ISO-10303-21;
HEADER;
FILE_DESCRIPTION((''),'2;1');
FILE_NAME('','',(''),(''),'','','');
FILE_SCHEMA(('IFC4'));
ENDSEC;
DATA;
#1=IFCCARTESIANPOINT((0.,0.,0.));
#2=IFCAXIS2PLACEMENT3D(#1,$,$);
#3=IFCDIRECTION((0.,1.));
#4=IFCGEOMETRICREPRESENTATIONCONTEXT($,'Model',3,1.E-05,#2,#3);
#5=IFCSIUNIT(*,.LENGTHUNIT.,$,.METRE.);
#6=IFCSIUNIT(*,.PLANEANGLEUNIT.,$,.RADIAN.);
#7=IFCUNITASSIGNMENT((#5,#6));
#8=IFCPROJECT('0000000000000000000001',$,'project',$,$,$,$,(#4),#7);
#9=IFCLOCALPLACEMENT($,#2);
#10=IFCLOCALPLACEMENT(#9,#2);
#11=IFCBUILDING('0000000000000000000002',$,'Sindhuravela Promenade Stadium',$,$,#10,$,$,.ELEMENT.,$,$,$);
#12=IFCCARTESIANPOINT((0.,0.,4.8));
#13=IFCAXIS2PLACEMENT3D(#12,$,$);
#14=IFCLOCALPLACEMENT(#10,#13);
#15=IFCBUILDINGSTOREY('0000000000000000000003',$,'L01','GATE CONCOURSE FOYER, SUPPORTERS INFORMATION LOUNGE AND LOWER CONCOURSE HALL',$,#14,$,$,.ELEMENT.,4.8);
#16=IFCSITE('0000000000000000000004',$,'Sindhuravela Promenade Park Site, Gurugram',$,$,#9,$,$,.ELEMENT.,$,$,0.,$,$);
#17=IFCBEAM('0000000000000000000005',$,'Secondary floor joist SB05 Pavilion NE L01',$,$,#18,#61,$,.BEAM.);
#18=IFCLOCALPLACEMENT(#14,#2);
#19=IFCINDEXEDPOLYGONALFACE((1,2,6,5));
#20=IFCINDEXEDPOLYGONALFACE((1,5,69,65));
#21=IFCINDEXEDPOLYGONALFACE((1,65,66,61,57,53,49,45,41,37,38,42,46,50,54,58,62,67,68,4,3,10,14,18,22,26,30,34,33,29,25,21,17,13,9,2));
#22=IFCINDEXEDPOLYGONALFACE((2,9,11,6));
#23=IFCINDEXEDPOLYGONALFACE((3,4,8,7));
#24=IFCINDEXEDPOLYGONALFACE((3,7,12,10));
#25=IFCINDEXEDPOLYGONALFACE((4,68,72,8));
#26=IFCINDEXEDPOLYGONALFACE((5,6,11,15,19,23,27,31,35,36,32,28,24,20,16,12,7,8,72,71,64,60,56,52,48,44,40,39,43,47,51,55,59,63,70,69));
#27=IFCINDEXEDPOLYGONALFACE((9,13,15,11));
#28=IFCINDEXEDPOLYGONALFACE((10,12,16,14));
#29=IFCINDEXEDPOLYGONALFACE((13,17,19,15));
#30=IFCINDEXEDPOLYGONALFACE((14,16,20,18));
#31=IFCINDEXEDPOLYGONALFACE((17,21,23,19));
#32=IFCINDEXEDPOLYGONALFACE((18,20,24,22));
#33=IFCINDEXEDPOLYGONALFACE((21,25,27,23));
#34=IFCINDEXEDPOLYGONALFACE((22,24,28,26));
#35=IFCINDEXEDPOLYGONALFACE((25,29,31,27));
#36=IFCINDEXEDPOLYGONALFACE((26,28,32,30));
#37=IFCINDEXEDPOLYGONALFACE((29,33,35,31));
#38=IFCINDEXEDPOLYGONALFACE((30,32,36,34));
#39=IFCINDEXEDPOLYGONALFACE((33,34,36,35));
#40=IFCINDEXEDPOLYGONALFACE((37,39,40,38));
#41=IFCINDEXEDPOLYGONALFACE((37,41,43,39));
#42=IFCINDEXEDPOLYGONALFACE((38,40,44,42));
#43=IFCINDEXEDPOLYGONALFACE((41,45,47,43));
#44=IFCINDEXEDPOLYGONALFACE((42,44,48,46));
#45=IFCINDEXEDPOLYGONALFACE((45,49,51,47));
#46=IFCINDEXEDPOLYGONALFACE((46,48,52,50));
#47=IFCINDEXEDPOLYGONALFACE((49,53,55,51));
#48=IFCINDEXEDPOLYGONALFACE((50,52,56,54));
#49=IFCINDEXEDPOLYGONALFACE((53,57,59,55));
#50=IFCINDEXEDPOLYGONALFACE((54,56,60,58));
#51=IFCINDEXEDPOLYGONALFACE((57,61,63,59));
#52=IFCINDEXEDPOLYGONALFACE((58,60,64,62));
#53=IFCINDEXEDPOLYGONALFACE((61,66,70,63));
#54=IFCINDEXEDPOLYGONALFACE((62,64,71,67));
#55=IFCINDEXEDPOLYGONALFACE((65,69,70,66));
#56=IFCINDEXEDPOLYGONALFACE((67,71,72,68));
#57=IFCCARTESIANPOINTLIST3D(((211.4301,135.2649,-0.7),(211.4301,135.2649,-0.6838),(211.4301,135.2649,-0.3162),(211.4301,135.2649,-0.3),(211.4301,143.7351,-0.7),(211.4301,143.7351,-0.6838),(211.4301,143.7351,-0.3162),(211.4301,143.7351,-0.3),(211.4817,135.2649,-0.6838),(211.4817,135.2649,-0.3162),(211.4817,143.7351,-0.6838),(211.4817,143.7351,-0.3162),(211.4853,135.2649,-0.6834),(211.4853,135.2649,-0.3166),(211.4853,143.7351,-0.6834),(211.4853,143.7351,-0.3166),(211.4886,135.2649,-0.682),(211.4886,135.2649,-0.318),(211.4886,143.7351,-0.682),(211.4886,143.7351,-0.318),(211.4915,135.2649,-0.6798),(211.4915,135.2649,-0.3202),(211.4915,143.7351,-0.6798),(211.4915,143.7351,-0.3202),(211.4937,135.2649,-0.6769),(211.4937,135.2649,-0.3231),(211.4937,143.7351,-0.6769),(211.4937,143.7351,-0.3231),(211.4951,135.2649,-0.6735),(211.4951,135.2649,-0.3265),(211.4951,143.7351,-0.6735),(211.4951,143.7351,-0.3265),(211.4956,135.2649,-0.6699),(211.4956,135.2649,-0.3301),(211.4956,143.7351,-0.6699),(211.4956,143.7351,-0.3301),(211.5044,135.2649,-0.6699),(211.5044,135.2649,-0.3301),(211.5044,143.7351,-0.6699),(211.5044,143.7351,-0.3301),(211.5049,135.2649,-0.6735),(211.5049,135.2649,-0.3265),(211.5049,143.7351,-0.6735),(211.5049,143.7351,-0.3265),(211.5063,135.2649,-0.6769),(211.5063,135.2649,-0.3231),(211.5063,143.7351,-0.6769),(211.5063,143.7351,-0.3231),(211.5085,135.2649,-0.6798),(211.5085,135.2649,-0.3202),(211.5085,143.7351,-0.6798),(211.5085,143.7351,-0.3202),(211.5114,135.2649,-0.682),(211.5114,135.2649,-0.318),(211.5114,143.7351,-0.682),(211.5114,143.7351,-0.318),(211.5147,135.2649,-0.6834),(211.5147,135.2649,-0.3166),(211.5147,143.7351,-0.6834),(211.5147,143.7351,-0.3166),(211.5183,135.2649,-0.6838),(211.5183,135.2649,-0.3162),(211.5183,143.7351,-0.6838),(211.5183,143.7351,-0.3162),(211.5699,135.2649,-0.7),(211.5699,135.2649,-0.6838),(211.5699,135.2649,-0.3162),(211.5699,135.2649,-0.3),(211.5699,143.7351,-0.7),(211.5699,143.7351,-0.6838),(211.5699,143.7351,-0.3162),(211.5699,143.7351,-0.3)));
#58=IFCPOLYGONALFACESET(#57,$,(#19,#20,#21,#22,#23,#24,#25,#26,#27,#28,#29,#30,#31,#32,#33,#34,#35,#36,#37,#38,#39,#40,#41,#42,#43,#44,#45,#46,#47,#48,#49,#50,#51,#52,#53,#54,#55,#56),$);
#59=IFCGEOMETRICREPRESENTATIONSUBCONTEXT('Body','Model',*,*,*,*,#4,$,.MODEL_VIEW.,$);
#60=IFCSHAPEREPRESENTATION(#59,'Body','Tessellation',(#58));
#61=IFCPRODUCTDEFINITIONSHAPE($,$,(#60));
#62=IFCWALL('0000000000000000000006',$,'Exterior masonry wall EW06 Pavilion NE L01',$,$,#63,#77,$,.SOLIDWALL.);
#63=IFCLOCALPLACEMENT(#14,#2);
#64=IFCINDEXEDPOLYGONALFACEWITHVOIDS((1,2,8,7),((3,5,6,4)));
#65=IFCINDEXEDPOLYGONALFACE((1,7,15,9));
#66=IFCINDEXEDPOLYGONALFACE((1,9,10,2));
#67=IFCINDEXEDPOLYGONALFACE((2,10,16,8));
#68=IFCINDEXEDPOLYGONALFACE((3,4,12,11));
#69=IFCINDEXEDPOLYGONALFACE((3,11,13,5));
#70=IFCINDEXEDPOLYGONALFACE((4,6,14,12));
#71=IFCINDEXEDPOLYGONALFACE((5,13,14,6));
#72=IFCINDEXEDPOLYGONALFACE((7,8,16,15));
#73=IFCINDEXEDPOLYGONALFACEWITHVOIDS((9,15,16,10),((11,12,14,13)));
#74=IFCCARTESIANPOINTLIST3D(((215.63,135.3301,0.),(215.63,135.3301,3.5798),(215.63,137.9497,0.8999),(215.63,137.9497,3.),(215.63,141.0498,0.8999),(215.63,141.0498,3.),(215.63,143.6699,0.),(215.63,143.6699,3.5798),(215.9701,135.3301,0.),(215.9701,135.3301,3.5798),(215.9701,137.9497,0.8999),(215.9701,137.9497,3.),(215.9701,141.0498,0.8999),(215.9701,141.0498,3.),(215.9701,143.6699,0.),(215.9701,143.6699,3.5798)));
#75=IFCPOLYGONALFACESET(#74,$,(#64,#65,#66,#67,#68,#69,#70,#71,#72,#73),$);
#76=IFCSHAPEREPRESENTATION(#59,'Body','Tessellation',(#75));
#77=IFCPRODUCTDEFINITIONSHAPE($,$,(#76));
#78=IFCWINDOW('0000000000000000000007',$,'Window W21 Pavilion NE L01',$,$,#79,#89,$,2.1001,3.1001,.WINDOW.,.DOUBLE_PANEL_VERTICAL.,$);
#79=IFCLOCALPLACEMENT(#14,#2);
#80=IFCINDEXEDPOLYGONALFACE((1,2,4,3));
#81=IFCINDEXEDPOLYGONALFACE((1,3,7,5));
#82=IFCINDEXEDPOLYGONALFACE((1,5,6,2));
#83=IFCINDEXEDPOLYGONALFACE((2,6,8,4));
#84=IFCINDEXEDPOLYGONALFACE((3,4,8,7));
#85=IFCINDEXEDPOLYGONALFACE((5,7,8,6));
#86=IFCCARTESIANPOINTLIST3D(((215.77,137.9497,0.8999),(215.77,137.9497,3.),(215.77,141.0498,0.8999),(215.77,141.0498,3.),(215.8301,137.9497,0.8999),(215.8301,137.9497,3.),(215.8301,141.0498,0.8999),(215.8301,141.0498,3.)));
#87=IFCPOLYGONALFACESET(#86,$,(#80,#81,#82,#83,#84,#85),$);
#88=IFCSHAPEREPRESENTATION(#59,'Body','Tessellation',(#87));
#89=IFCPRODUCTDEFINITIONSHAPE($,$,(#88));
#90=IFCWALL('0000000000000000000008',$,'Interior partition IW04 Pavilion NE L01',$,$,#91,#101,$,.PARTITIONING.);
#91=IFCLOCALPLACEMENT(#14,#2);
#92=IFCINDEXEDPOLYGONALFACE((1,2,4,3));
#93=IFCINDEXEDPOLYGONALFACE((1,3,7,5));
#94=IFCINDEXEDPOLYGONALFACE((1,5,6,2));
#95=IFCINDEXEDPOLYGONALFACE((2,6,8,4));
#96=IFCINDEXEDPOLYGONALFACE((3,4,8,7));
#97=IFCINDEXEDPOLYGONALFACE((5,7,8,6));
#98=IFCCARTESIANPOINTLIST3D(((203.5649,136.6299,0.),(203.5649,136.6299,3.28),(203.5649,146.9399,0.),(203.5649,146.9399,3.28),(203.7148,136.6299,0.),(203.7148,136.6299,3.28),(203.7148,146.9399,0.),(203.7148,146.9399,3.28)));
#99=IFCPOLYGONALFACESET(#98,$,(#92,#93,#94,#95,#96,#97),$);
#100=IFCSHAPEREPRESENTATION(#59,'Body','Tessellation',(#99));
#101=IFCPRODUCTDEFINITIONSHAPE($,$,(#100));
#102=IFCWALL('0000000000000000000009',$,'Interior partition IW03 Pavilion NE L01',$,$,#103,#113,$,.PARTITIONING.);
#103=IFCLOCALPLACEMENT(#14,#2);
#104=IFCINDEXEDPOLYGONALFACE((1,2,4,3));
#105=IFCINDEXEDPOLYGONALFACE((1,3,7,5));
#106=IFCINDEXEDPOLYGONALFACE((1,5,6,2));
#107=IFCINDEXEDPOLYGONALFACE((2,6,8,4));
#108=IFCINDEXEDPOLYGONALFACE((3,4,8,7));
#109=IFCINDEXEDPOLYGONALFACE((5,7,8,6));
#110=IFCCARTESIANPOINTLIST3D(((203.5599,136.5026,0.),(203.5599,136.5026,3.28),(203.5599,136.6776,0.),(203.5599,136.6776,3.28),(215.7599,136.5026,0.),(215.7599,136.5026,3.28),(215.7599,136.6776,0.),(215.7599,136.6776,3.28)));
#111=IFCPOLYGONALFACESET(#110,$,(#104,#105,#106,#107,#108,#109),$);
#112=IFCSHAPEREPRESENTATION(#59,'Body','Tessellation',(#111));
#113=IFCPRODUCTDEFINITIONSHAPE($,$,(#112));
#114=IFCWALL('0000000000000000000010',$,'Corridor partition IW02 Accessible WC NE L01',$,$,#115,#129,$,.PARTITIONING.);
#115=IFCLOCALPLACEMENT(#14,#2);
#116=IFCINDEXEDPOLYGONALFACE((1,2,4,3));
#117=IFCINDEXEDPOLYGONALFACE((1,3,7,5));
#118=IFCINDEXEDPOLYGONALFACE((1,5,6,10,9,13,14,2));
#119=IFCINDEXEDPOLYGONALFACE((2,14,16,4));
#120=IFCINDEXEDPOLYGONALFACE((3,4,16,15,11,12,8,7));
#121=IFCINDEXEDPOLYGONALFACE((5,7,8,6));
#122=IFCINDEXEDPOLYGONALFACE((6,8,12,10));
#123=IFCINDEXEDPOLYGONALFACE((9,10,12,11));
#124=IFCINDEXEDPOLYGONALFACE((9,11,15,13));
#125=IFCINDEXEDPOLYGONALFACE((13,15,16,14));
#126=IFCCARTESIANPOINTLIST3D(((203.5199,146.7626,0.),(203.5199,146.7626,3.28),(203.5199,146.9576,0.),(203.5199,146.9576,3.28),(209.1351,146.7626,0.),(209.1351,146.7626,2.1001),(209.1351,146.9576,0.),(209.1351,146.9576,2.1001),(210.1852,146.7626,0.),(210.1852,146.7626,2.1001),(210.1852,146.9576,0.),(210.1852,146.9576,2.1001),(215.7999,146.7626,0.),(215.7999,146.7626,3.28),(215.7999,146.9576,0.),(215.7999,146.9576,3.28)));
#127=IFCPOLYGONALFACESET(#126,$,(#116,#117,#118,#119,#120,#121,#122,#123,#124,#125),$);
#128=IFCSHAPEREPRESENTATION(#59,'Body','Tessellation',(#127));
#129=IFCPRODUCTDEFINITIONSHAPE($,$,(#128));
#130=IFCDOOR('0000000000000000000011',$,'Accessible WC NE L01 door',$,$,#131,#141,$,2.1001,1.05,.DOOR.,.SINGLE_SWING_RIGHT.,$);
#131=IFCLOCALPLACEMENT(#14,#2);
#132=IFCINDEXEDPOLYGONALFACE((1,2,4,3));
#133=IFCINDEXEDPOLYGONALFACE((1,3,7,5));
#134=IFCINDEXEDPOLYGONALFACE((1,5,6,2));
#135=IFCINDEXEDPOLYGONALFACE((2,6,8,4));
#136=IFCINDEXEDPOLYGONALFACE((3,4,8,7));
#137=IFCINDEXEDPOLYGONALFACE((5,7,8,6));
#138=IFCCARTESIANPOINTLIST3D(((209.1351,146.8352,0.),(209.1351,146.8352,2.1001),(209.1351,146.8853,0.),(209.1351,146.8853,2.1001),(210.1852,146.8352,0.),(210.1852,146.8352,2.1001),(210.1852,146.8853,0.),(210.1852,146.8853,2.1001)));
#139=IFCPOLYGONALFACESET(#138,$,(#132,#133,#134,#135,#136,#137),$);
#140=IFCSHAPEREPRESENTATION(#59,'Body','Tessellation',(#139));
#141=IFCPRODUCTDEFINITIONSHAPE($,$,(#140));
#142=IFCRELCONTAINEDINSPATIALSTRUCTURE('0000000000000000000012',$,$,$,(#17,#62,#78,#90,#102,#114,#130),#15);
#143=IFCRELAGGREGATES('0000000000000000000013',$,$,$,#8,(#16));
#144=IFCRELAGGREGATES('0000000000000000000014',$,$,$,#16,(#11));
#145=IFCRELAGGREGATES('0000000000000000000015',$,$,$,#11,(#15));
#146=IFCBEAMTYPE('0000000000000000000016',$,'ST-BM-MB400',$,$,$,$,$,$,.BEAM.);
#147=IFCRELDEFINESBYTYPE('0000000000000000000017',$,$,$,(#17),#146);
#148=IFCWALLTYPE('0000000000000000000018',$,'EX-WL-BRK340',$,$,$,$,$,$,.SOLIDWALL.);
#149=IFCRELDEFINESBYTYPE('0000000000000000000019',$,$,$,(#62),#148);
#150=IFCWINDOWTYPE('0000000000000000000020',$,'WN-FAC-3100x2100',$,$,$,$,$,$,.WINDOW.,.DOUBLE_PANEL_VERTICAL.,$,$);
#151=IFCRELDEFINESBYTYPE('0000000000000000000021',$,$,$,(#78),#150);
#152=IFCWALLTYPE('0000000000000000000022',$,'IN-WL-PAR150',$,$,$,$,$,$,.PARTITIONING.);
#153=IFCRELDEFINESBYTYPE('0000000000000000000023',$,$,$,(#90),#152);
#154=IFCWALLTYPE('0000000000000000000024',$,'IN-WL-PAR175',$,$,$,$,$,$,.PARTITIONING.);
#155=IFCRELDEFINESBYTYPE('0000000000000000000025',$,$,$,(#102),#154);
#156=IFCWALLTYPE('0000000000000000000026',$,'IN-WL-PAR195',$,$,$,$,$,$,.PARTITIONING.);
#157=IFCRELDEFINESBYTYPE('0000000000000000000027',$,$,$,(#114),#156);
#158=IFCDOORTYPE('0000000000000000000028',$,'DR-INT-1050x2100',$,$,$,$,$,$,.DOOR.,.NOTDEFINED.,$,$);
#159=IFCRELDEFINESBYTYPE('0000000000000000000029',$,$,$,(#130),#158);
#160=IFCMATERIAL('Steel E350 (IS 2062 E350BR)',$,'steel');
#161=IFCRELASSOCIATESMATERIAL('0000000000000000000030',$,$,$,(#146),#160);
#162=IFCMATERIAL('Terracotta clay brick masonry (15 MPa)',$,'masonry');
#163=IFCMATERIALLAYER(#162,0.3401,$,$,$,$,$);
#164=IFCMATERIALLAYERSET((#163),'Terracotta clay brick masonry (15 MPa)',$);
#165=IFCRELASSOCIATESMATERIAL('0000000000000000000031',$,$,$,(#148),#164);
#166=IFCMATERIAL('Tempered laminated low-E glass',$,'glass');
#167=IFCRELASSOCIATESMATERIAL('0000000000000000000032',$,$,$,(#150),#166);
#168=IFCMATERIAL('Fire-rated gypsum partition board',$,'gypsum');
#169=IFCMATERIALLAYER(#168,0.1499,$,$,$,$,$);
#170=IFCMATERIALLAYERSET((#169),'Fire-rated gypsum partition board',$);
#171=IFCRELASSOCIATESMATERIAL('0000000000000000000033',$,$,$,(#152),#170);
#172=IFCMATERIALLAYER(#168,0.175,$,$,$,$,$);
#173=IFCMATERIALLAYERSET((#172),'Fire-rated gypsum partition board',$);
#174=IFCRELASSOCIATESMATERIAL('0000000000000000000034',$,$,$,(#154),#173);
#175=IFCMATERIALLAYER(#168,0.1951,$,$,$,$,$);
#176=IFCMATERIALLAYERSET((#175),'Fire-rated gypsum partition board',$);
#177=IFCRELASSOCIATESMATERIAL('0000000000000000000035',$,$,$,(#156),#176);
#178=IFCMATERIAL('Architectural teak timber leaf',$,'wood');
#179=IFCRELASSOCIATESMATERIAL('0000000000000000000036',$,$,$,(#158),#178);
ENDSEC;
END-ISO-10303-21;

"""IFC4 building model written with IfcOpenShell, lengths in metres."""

from ifc_helpers import new_model, si_unit, direction, frame, frame_2d, origin, origin_2d, place, context, subcontext, project, spatial, rectangle, i_section, extrude, material, layer, layer_set, material_profile, profile_set, type_object, element, fill, save


model = new_model("IFC4")

# Units and contexts
model_context = context("Model", 3, precision=1e-05, world=origin(), true_north=direction((0.0, 1.0)))
body_context = subcontext(model_context, "Body", "Model", "MODEL_VIEW")
ifc_project = project(units=[si_unit("LENGTHUNIT", "METRE"), si_unit("PLANEANGLEUNIT", "RADIAN")], contexts=[model_context])

# Site, building, storey
site_placement = place(None, origin())
site = spatial("IfcSite", under=ifc_project, at=site_placement, Name="Sindhuravela Promenade Park Site, Gurugram", CompositionType="ELEMENT", RefElevation=0.0)
building_placement = place(site_placement, origin())
building = spatial("IfcBuilding", under=site, at=building_placement, Name="Sindhuravela Promenade Stadium", CompositionType="ELEMENT")
storey_placement = place(building_placement, frame((0.0, 0.0, 4.8)))
storey = spatial("IfcBuildingStorey", under=building, at=storey_placement, Name="L01", Description="GATE CONCOURSE FOYER, SUPPORTERS INFORMATION LOUNGE AND LOWER CONCOURSE HALL", CompositionType="ELEMENT", Elevation=4.8)

# Beam
ifc_material_1 = material(Name="Steel E350 (IS 2062 E350BR)", Category="steel")
ifc_material_profile_1 = material_profile(ifc_material_1, i_section(OverallWidth=0.1399, OverallDepth=0.3999, WebThickness=0.0088, FlangeThickness=0.0161, FilletRadius=0.0139, at=origin_2d()), Name="ISMB 400")
ifc_profile_set_1 = profile_set([ifc_material_profile_1], Name="Steel E350 (IS 2062 E350BR)")
beam_type_1 = type_object("IfcBeamType", Name="ST-BM-MB400", PredefinedType="BEAM", material=ifc_profile_set_1)
beam_1_placement = place(storey_placement, frame((211.5, 135.2649, -0.5), z_axis=(0.0, 1.0, 0.0), x_axis=(-1.0, 0.0, 0.0)))
element("IfcBeam", 1, at=beam_1_placement, inside=storey, type_object=beam_type_1, Name="Secondary floor joist SB05 Pavilion NE L01", PredefinedType="BEAM", context=body_context, shape_type="SweptSolid", body=[
    extrude(i_section(OverallWidth=0.1399, OverallDepth=0.3999, WebThickness=0.0088, FlangeThickness=0.0161, FilletRadius=0.0139, at=origin_2d()), origin(), (0.0, 0.0, 1.0), 8.4702),
])

# Wall, opening, window
ifc_material_2 = material(Name="Terracotta clay brick masonry (15 MPa)", Category="masonry")
ifc_layer_1 = layer(ifc_material_2, 0.3401)
ifc_layer_set_1 = layer_set([ifc_layer_1], Name="Terracotta clay brick masonry (15 MPa)")
wall_type_1 = type_object("IfcWallType", Name="EX-WL-BRK340", PredefinedType="SOLIDWALL", material=ifc_layer_set_1)
wall_1_placement = place(storey_placement, frame((215.8, 143.6699, 0.0), z_axis=(0.0, 0.0, 1.0), x_axis=(0.0, -1.0, 0.0)))
wall_1 = element("IfcWall", 2, at=wall_1_placement, inside=storey, type_object=wall_type_1, Name="Exterior masonry wall EW06 Pavilion NE L01", PredefinedType="SOLIDWALL", context=body_context, shape_type="SweptSolid", body=[
    extrude(rectangle(XDim=8.3398, YDim=0.3401, at=frame_2d((4.1699, 0.0))), origin(), (0.0, 0.0, 1.0), 3.5798),
])
opening_1_placement = place(wall_1_placement, frame((2.6201, 0.0, 0.8999)))
opening_1 = element("IfcOpeningElement", 3, at=opening_1_placement, cuts=wall_1, PredefinedType="OPENING", context=body_context, shape_type="SweptSolid", body=[
    extrude(rectangle(XDim=3.1001, YDim=2.1001, at=frame_2d((1.55, 1.05))), frame((0.0, 0.1799, 0.0), z_axis=(0.0, -1.0, 0.0), x_axis=(1.0, 0.0, 0.0)), (0.0, 0.0, 1.0), 0.3601),
])
ifc_material_3 = material(Name="Tempered laminated low-E glass", Category="glass")
window_type = type_object("IfcWindowType", Name="WN-FAC-3100x2100", PartitioningType="DOUBLE_PANEL_VERTICAL", PredefinedType="WINDOW", material=ifc_material_3)
window_placement = place(opening_1_placement, origin())
window = element("IfcWindow", 4, at=window_placement, inside=storey, type_object=window_type, Name="Window W21 Pavilion NE L01", OverallHeight=2.1001, OverallWidth=3.1001, PartitioningType="DOUBLE_PANEL_VERTICAL", PredefinedType="WINDOW", context=body_context, shape_type="SweptSolid", body=[
    extrude(rectangle(XDim=3.1001, YDim=2.1001, at=frame_2d((1.55, 1.05))), frame((0.0, 0.03, 0.0), z_axis=(0.0, -1.0, 0.0), x_axis=(1.0, 0.0, 0.0)), (0.0, 0.0, 1.0), 0.0601),
])
fill(opening_1, window)

# Walls
ifc_material_4 = material(Name="Fire-rated gypsum partition board", Category="gypsum")
ifc_layer_2 = layer(ifc_material_4, 0.1499)
ifc_layer_set_2 = layer_set([ifc_layer_2], Name="Fire-rated gypsum partition board")
wall_type_2 = type_object("IfcWallType", Name="IN-WL-PAR150", PredefinedType="PARTITIONING", material=ifc_layer_set_2)
wall_2_placement = place(storey_placement, frame((203.6399, 136.6299, 0.0), z_axis=(0.0, 0.0, 1.0), x_axis=(0.0, 1.0, 0.0)))
element("IfcWall", 5, at=wall_2_placement, inside=storey, type_object=wall_type_2, Name="Interior partition IW04 Pavilion NE L01", PredefinedType="PARTITIONING", context=body_context, shape_type="SweptSolid", body=[
    extrude(rectangle(XDim=10.3101, YDim=0.1499, at=frame_2d((5.155, 0.0))), origin(), (0.0, 0.0, 1.0), 3.28),
])
ifc_layer_3 = layer(ifc_material_4, 0.175)
ifc_layer_set_3 = layer_set([ifc_layer_3], Name="Fire-rated gypsum partition board")
wall_type_3 = type_object("IfcWallType", Name="IN-WL-PAR175", PredefinedType="PARTITIONING", material=ifc_layer_set_3)
wall_3_placement = place(storey_placement, frame((215.76, 136.5901, 0.0), z_axis=(0.0, 0.0, 1.0), x_axis=(-1.0, 0.0, 0.0)))
element("IfcWall", 6, at=wall_3_placement, inside=storey, type_object=wall_type_3, Name="Interior partition IW03 Pavilion NE L01", PredefinedType="PARTITIONING", context=body_context, shape_type="SweptSolid", body=[
    extrude(rectangle(XDim=12.2, YDim=0.175, at=frame_2d((6.1001, 0.0))), origin(), (0.0, 0.0, 1.0), 3.28),
])

# Wall, opening, door
ifc_layer_4 = layer(ifc_material_4, 0.1951)
ifc_layer_set_4 = layer_set([ifc_layer_4], Name="Fire-rated gypsum partition board")
wall_type_4 = type_object("IfcWallType", Name="IN-WL-PAR195", PredefinedType="PARTITIONING", material=ifc_layer_set_4)
wall_4_placement = place(storey_placement, frame((215.8, 146.8601, 0.0), z_axis=(0.0, 0.0, 1.0), x_axis=(-1.0, 0.0, 0.0)))
wall_4 = element("IfcWall", 7, at=wall_4_placement, inside=storey, type_object=wall_type_4, Name="Corridor partition IW02 Accessible WC NE L01", PredefinedType="PARTITIONING", context=body_context, shape_type="SweptSolid", body=[
    extrude(rectangle(XDim=12.28, YDim=0.1951, at=frame_2d((6.1401, 0.0))), origin(), (0.0, 0.0, 1.0), 3.28),
])
opening_2_placement = place(wall_4_placement, frame((5.615, 0.0, 0.0)))
opening_2 = element("IfcOpeningElement", 8, at=opening_2_placement, cuts=wall_4, PredefinedType="OPENING", context=body_context, shape_type="SweptSolid", body=[
    extrude(rectangle(XDim=1.05, YDim=2.1001, at=frame_2d((0.5249, 1.05))), frame((0.0, 0.1074, 0.0), z_axis=(0.0, -1.0, 0.0), x_axis=(1.0, 0.0, 0.0)), (0.0, 0.0, 1.0), 0.2151),
])
ifc_material_5 = material(Name="Architectural teak timber leaf", Category="wood")
door_type = type_object("IfcDoorType", Name="DR-INT-1050x2100", OperationType="NOTDEFINED", PredefinedType="DOOR", material=ifc_material_5)
door_placement = place(opening_2_placement, origin())
door = element("IfcDoor", 9, at=door_placement, inside=storey, type_object=door_type, Name="Accessible WC NE L01 door", OperationType="SINGLE_SWING_RIGHT", OverallHeight=2.1001, OverallWidth=1.05, PredefinedType="DOOR", context=body_context, shape_type="SweptSolid", body=[
    extrude(rectangle(XDim=1.05, YDim=2.1001, at=frame_2d((0.5249, 1.05))), frame((0.0, 0.0249, 0.0), z_axis=(0.0, -1.0, 0.0), x_axis=(1.0, 0.0, 0.0)), (0.0, 0.0, 1.0), 0.05),
])
fill(opening_2, door)

save(model, "model.ifc")
